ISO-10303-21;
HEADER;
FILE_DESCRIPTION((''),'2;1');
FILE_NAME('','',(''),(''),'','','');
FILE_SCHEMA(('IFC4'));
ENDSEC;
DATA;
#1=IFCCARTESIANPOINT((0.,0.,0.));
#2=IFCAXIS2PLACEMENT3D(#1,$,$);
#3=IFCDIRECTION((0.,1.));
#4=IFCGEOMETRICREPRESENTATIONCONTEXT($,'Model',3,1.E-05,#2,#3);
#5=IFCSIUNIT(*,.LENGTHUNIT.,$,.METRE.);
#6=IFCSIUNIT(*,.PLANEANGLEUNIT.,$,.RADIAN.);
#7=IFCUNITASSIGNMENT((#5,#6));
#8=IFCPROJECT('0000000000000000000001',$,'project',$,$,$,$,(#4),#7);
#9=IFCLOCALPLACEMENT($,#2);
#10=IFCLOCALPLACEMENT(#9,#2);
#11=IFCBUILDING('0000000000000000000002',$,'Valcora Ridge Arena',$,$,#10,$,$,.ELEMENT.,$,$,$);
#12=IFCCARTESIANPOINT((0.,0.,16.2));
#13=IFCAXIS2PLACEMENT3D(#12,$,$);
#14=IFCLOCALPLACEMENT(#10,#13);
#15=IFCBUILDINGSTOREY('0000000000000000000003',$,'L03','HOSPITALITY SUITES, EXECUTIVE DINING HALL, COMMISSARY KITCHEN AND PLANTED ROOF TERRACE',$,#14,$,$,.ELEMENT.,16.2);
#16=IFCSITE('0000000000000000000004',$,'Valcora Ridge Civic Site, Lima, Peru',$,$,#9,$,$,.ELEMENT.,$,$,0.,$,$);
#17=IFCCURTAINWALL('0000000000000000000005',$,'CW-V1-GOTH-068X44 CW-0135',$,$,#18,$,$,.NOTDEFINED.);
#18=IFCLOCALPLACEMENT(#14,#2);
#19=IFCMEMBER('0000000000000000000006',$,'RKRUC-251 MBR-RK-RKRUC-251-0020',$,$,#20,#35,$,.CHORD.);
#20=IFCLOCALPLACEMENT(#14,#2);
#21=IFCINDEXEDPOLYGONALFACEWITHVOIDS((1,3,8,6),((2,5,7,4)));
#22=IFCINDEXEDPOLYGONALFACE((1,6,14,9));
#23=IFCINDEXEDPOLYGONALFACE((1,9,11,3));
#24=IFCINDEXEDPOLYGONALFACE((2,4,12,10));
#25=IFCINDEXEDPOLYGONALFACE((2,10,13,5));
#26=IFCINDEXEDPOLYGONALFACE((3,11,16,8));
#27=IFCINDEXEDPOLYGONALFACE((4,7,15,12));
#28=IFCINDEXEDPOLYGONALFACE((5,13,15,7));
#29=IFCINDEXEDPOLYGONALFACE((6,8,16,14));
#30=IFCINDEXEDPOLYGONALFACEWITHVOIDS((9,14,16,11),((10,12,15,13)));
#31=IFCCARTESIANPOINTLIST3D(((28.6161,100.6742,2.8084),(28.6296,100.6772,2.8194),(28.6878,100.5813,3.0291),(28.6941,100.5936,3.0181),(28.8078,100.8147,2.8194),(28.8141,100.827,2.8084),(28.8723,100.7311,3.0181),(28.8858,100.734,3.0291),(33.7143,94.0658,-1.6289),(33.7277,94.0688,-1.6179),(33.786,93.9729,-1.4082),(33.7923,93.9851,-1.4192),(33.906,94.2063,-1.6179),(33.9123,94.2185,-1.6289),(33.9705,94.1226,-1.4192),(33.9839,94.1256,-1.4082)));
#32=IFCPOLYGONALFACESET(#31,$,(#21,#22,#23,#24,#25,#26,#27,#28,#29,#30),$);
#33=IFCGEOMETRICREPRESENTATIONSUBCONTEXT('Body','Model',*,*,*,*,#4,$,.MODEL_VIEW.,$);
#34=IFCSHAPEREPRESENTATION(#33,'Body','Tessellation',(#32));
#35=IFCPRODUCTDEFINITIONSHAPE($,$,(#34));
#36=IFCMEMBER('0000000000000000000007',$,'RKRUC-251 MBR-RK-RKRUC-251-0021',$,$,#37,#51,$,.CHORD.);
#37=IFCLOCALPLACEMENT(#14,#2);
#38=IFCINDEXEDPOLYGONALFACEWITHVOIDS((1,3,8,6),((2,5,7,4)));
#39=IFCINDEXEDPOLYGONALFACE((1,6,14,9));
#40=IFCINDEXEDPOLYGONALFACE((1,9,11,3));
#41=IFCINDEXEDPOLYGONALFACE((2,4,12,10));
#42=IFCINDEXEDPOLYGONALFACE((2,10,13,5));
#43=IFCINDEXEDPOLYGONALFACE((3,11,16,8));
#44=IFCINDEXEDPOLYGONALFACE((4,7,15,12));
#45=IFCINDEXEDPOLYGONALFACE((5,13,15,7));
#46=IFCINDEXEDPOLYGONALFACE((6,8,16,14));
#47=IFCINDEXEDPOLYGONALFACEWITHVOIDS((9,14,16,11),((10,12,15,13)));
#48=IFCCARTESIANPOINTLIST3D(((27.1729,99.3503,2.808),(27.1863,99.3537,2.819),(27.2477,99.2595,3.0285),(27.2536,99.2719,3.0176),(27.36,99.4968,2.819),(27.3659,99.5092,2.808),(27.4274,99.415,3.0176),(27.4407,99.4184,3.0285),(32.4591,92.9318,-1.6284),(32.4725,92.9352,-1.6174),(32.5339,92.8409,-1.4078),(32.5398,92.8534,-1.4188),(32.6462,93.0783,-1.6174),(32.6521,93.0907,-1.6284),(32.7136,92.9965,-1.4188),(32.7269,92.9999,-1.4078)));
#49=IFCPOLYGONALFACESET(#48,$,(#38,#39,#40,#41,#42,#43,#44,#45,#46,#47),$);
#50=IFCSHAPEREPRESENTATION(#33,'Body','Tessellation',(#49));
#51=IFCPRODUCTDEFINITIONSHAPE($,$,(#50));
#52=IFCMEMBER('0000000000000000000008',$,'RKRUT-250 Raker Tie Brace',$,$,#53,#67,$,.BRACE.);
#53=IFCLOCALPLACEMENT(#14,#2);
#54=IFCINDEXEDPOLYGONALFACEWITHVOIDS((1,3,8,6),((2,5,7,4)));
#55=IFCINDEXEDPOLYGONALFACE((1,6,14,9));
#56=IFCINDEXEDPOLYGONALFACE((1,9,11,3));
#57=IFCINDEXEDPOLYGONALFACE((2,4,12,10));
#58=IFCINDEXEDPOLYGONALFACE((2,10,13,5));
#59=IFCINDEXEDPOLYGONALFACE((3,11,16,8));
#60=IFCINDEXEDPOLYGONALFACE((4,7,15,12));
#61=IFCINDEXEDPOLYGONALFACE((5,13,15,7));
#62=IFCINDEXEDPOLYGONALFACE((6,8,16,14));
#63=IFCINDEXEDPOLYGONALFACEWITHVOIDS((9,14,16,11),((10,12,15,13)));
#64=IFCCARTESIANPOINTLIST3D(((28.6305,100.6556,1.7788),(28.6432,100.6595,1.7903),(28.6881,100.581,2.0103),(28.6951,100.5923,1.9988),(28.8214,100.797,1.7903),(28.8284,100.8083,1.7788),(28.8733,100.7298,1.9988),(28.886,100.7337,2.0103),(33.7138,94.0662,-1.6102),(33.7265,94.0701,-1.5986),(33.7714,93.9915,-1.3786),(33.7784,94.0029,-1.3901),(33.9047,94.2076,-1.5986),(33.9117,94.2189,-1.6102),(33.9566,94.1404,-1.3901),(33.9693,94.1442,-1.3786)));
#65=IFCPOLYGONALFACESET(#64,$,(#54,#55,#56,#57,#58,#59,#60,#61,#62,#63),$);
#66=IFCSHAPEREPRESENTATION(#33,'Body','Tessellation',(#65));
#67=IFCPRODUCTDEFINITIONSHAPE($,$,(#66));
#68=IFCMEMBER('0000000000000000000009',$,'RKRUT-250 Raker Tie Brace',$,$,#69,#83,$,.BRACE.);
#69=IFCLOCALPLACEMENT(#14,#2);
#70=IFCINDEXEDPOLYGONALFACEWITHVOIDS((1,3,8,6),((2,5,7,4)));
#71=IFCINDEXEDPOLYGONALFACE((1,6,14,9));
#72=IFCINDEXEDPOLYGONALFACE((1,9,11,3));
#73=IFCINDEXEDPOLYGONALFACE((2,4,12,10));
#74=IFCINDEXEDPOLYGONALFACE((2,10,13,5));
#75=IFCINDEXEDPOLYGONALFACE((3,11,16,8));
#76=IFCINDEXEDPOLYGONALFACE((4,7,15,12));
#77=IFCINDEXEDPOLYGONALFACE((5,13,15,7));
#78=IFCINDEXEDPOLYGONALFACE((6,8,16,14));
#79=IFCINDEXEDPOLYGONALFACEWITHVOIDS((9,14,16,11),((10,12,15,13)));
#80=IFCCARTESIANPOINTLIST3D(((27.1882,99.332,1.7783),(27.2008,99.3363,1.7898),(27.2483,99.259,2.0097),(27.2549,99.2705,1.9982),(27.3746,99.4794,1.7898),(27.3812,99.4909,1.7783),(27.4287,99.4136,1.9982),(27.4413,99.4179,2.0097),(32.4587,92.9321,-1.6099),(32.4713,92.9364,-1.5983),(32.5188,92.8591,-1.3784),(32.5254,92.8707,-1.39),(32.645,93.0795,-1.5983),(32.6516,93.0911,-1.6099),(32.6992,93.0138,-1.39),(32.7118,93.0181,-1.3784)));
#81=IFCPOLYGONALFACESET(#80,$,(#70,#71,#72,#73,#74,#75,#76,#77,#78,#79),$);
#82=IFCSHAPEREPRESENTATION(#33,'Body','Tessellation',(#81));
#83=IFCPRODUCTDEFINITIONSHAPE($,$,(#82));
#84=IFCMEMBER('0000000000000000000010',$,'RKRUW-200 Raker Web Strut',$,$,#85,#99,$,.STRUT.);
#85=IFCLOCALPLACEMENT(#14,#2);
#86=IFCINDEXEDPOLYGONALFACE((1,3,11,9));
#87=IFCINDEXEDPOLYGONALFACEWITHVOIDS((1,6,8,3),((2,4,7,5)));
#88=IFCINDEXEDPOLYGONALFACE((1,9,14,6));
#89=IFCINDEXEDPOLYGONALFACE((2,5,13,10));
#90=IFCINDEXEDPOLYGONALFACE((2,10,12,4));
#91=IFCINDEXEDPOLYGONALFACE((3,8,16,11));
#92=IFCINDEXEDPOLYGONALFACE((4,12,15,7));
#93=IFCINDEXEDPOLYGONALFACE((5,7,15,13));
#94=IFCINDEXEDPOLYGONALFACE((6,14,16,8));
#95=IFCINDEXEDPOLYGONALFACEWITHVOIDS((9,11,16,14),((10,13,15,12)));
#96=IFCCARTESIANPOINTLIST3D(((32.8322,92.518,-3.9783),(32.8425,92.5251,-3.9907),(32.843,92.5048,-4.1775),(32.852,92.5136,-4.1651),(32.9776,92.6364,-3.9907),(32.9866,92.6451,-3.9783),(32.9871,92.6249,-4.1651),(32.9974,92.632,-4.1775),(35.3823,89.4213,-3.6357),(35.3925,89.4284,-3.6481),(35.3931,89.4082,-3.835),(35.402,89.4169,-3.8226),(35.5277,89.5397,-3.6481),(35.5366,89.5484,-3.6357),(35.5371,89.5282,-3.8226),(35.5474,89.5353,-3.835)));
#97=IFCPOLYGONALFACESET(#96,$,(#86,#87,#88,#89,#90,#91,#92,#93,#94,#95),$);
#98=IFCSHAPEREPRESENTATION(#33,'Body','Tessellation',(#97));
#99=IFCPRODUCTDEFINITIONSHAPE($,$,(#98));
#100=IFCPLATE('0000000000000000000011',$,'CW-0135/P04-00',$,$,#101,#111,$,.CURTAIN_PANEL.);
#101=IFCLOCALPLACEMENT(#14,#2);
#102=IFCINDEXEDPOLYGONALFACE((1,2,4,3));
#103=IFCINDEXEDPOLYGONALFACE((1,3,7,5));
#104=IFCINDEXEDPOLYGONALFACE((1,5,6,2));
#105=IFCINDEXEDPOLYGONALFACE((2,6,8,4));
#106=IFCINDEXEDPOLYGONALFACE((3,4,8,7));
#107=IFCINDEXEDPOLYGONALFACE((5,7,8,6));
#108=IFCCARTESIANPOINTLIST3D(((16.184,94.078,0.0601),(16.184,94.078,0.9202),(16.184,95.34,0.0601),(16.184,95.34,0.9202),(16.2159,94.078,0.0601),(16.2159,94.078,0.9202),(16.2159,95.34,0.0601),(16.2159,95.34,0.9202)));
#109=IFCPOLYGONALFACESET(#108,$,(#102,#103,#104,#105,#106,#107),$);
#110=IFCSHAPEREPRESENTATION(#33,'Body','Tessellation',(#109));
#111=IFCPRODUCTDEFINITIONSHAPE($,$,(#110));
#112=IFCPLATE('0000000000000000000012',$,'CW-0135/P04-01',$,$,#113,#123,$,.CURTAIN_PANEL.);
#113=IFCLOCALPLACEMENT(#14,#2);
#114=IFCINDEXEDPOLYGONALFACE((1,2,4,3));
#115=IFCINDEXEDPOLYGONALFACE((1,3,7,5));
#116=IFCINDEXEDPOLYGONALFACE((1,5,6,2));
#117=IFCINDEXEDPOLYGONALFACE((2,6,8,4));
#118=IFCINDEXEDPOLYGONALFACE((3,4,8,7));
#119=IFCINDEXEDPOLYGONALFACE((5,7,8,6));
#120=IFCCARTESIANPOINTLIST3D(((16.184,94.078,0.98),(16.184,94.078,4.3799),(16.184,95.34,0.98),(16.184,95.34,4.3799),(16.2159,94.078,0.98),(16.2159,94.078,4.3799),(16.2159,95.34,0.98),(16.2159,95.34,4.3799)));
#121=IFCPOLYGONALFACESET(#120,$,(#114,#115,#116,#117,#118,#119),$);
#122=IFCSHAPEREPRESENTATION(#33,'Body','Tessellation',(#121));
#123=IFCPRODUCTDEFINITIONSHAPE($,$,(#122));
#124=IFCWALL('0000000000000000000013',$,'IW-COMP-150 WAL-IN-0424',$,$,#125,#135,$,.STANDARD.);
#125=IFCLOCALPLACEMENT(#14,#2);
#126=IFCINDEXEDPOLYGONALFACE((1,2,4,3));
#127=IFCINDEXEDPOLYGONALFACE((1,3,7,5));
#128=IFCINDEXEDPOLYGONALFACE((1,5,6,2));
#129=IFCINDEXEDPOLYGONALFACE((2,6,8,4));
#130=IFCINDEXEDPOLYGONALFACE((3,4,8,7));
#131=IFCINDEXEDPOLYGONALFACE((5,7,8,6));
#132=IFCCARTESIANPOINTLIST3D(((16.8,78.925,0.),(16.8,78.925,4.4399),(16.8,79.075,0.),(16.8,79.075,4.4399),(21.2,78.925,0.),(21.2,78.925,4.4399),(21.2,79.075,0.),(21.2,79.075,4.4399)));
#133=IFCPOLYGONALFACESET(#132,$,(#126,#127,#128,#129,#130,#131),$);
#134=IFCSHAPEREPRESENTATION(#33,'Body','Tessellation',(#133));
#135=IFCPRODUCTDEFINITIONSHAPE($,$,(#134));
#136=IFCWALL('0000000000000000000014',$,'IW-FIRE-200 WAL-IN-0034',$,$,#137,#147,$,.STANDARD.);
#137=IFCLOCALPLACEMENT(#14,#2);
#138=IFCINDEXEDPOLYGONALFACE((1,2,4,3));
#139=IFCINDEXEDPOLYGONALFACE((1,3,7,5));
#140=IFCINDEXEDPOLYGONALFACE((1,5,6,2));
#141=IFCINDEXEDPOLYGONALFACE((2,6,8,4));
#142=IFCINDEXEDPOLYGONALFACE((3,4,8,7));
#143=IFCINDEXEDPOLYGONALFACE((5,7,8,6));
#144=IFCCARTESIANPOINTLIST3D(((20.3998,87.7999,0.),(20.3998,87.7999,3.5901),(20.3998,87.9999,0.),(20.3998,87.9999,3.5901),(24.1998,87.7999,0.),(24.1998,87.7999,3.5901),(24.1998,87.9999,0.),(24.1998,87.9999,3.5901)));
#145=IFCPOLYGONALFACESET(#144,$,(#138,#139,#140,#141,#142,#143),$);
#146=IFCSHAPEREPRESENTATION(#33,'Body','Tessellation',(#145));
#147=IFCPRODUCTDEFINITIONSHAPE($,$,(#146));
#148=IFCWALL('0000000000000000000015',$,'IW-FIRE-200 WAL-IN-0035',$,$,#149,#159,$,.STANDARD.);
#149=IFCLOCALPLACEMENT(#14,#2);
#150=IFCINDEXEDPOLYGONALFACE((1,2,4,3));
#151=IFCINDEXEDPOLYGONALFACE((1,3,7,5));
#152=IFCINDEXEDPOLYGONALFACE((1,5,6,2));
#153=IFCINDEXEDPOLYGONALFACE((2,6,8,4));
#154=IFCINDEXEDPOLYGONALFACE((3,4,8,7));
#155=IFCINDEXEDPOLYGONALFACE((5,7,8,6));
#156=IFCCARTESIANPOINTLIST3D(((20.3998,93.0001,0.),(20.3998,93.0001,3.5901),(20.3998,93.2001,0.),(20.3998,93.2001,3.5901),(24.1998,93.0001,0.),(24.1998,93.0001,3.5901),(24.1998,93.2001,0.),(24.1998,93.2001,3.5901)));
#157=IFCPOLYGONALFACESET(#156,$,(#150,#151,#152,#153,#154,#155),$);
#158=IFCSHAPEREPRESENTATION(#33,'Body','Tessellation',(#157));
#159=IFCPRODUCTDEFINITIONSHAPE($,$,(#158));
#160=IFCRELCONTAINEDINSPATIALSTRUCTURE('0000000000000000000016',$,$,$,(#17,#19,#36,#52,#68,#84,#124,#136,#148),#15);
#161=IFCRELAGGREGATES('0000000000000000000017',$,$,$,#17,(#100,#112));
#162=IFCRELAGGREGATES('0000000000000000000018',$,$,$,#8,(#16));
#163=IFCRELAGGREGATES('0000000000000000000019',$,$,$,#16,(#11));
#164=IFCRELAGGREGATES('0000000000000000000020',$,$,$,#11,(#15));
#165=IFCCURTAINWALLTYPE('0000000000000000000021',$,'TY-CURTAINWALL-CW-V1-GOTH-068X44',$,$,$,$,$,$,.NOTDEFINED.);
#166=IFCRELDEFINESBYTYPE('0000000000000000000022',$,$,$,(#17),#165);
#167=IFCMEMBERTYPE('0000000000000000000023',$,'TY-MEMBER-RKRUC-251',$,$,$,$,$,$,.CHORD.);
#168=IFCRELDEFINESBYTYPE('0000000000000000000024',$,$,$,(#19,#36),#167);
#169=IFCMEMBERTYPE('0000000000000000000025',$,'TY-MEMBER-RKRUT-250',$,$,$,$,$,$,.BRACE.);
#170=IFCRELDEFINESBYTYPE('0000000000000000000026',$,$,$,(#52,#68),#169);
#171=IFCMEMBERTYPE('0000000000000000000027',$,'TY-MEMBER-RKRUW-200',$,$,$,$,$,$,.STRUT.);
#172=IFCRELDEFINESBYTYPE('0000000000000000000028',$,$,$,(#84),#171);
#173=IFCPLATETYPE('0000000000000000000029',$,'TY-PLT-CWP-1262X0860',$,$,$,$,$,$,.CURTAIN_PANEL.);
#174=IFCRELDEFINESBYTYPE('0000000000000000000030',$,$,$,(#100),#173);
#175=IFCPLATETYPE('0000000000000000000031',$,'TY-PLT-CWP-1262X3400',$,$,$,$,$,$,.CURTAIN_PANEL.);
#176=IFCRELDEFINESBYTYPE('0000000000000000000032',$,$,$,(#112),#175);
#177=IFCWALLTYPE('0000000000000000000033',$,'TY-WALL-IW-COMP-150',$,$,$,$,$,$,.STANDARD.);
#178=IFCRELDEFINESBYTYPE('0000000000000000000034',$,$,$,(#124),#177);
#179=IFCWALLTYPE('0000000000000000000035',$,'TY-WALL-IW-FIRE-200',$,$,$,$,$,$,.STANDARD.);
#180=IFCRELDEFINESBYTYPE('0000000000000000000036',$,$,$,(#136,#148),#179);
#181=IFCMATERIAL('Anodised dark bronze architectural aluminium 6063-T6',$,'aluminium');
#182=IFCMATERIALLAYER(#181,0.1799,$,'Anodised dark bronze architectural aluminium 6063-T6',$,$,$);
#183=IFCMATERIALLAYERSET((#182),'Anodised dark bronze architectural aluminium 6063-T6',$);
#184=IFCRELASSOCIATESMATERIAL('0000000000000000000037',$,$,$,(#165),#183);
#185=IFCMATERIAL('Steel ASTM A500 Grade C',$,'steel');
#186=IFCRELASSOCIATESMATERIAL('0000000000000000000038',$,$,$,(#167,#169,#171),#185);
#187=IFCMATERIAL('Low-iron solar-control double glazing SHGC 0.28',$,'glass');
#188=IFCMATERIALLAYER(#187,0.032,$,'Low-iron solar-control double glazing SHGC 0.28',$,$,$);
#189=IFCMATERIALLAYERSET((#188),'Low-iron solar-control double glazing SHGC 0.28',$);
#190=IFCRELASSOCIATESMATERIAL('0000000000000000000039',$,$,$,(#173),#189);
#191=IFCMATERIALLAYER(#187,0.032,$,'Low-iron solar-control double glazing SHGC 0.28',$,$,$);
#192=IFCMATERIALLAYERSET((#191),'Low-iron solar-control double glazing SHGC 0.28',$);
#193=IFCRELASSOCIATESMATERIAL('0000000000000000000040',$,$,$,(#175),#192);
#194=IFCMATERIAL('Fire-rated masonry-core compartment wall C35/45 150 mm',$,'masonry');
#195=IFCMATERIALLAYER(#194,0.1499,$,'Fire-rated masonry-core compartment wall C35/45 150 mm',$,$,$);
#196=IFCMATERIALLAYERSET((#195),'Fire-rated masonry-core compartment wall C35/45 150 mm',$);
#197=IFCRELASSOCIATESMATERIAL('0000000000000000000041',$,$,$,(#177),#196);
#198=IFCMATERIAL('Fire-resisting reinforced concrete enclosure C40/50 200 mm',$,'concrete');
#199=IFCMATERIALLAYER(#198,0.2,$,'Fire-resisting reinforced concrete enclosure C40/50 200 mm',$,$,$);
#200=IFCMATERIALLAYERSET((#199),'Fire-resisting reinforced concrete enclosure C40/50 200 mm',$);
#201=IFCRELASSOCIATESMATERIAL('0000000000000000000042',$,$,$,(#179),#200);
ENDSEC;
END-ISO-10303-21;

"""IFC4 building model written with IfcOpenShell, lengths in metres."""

from ifc_helpers import new_model, si_unit, direction, frame, frame_2d, origin, origin_2d, place, context, subcontext, project, spatial, rectangle, hollow_rectangle, extrude, material, layer, layer_set, material_profile, profile_set, type_object, element, aggregate, save


model = new_model("IFC4")

# Units and contexts
model_context = context("Model", 3, precision=1e-05, world=origin(), true_north=direction((0.0, 1.0)))
body_context = subcontext(model_context, "Body", "Model", "MODEL_VIEW")
ifc_project = project(units=[si_unit("LENGTHUNIT", "METRE"), si_unit("PLANEANGLEUNIT", "RADIAN")], contexts=[model_context])

# Site, building, storey
site_placement = place(None, origin())
site = spatial("IfcSite", under=ifc_project, at=site_placement, Name="Valcora Ridge Civic Site, Lima, Peru", CompositionType="ELEMENT", RefElevation=0.0)
building_placement = place(site_placement, origin())
building = spatial("IfcBuilding", under=site, at=building_placement, Name="Valcora Ridge Arena", CompositionType="ELEMENT")
storey_placement = place(building_placement, frame((0.0, 0.0, 16.2)))
storey = spatial("IfcBuildingStorey", under=building, at=storey_placement, Name="L03", Description="HOSPITALITY SUITES, EXECUTIVE DINING HALL, COMMISSARY KITCHEN AND PLANTED ROOF TERRACE", CompositionType="ELEMENT", Elevation=16.2)

# Curtain wall
ifc_material_1 = material(Name="Anodised dark bronze architectural aluminium 6063-T6", Category="aluminium")
ifc_layer_1 = layer(ifc_material_1, 0.1799, Name="Anodised dark bronze architectural aluminium 6063-T6")
ifc_layer_set_1 = layer_set([ifc_layer_1], Name="Anodised dark bronze architectural aluminium 6063-T6")
curtain_wall_type = type_object("IfcCurtainWallType", Name="TY-CURTAINWALL-CW-V1-GOTH-068X44", PredefinedType="NOTDEFINED", material=ifc_layer_set_1)
curtain_wall_placement = place(storey_placement, origin())
curtain_wall = element("IfcCurtainWall", 1, at=curtain_wall_placement, inside=storey, type_object=curtain_wall_type, Name="CW-V1-GOTH-068X44 CW-0135", PredefinedType="NOTDEFINED")

# Members
ifc_material_2 = material(Name="Steel ASTM A500 Grade C", Category="steel")
ifc_material_profile_1 = material_profile(ifc_material_2, hollow_rectangle(XDim=0.25, YDim=0.25, WallThickness=0.0125, at=origin_2d()), Name="HSS250X250X12")
ifc_profile_set_1 = profile_set([ifc_material_profile_1], Name="Steel ASTM A500 Grade C")
member_type_1 = type_object("IfcMemberType", Name="TY-MEMBER-RKRUC-251", PredefinedType="CHORD", material=ifc_profile_set_1)
member_1_placement = place(storey_placement, frame((33.8491, 94.0957, -1.5186), z_axis=(-0.539339, 0.699111, 0.469423), x_axis=(-0.791769, -0.610821, 0.0)))
element("IfcMember", 2, at=member_1_placement, inside=storey, type_object=member_type_1, Name="RKRUC-251 MBR-RK-RKRUC-251-0020", PredefinedType="CHORD", context=body_context, shape_type="SweptSolid", body=[
    extrude(hollow_rectangle(XDim=0.25, YDim=0.25, WallThickness=0.0125, at=origin_2d()), origin(), (0.0, 0.0, 1.0), 9.4526),
])
member_2_placement = place(storey_placement, frame((32.593, 92.9658, -1.5181), z_axis=(-0.560895, 0.681043, 0.47072), x_axis=(-0.77191, -0.635732, 0.0)))
element("IfcMember", 3, at=member_2_placement, inside=storey, type_object=member_type_1, Name="RKRUC-251 MBR-RK-RKRUC-251-0021", PredefinedType="CHORD", context=body_context, shape_type="SweptSolid", body=[
    extrude(hollow_rectangle(XDim=0.25, YDim=0.25, WallThickness=0.0125, at=origin_2d()), origin(), (0.0, 0.0, 1.0), 9.4246),
])
ifc_material_profile_2 = material_profile(ifc_material_2, hollow_rectangle(XDim=0.25, YDim=0.25, WallThickness=0.0125, at=origin_2d()), Name="HSS250X250X12")
ifc_profile_set_2 = profile_set([ifc_material_profile_2], Name="Steel ASTM A500 Grade C")
member_type_2 = type_object("IfcMemberType", Name="TY-MEMBER-RKRUT-250", PredefinedType="BRACE", material=ifc_profile_set_2)
member_3_placement = place(storey_placement, frame((33.8416, 94.1052, -1.4944), z_axis=(-0.565701, 0.733311, 0.377143), x_axis=(-0.79178, -0.610806, 0.0)))
element("IfcMember", 4, at=member_3_placement, inside=storey, type_object=member_type_2, Name="RKRUT-250 Raker Tie Brace", PredefinedType="BRACE", context=body_context, shape_type="SweptSolid", body=[
    extrude(hollow_rectangle(XDim=0.25, YDim=0.25, WallThickness=0.0125, at=origin_2d()), origin(), (0.0, 0.0, 1.0), 8.9858),
])
member_4_placement = place(storey_placement, frame((32.5852, 92.9751, -1.4941), z_axis=(-0.588464, 0.714563, 0.378298), x_axis=(-0.77193, -0.635707, 0.0)))
element("IfcMember", 5, at=member_4_placement, inside=storey, type_object=member_type_2, Name="RKRUT-250 Raker Tie Brace", PredefinedType="BRACE", context=body_context, shape_type="SweptSolid", body=[
    extrude(hollow_rectangle(XDim=0.25, YDim=0.25, WallThickness=0.0125, at=origin_2d()), origin(), (0.0, 0.0, 1.0), 8.9563),
])
ifc_material_profile_3 = material_profile(ifc_material_2, hollow_rectangle(XDim=0.2, YDim=0.2, WallThickness=0.0125, at=origin_2d()), Name="HSS200X200X12")
ifc_profile_set_3 = profile_set([ifc_material_profile_3], Name="Steel ASTM A500 Grade C")
member_type_3 = type_object("IfcMemberType", Name="TY-MEMBER-RKRUW-200", PredefinedType="STRUT", material=ifc_profile_set_3)
member_5_placement = place(storey_placement, frame((35.4648, 89.4783, -3.7354), z_axis=(-0.633379, 0.769151, -0.085077), x_axis=(-0.77195, -0.635684, 0.0)))
element("IfcMember", 6, at=member_5_placement, inside=storey, type_object=member_type_3, Name="RKRUW-200 Raker Web Strut", PredefinedType="STRUT", context=body_context, shape_type="SweptSolid", body=[
    extrude(hollow_rectangle(XDim=0.2, YDim=0.2, WallThickness=0.0125, at=origin_2d()), origin(), (0.0, 0.0, 1.0), 4.0261),
])

# Plates
ifc_material_3 = material(Name="Low-iron solar-control double glazing SHGC 0.28", Category="glass")
ifc_layer_2 = layer(ifc_material_3, 0.032, Name="Low-iron solar-control double glazing SHGC 0.28")
ifc_layer_set_2 = layer_set([ifc_layer_2], Name="Low-iron solar-control double glazing SHGC 0.28")
plate_type_1 = type_object("IfcPlateType", Name="TY-PLT-CWP-1262X0860", PredefinedType="CURTAIN_PANEL", material=ifc_layer_set_2)
plate_1_placement = place(storey_placement, frame((16.2, 94.709, 0.0601), z_axis=(0.0, 0.0, 1.0), x_axis=(0.0, 1.0, 0.0)))
plate_1 = element("IfcPlate", 7, at=plate_1_placement, type_object=plate_type_1, Name="CW-0135/P04-00", PredefinedType="CURTAIN_PANEL", context=body_context, shape_type="SweptSolid", body=[
    extrude(rectangle(XDim=1.262, YDim=0.032, at=origin_2d()), origin(), (0.0, 0.0, 1.0), 0.8601),
])
ifc_layer_3 = layer(ifc_material_3, 0.032, Name="Low-iron solar-control double glazing SHGC 0.28")
ifc_layer_set_3 = layer_set([ifc_layer_3], Name="Low-iron solar-control double glazing SHGC 0.28")
plate_type_2 = type_object("IfcPlateType", Name="TY-PLT-CWP-1262X3400", PredefinedType="CURTAIN_PANEL", material=ifc_layer_set_3)
plate_2_placement = place(storey_placement, frame((16.2, 94.709, 0.98), z_axis=(0.0, 0.0, 1.0), x_axis=(0.0, 1.0, 0.0)))
plate_2 = element("IfcPlate", 8, at=plate_2_placement, type_object=plate_type_2, Name="CW-0135/P04-01", PredefinedType="CURTAIN_PANEL", context=body_context, shape_type="SweptSolid", body=[
    extrude(rectangle(XDim=1.262, YDim=0.032, at=origin_2d()), origin(), (0.0, 0.0, 1.0), 3.3999),
])
aggregate(curtain_wall, [plate_1, plate_2])

# Walls
ifc_material_4 = material(Name="Fire-rated masonry-core compartment wall C35/45 150 mm", Category="masonry")
ifc_layer_4 = layer(ifc_material_4, 0.1499, Name="Fire-rated masonry-core compartment wall C35/45 150 mm")
ifc_layer_set_4 = layer_set([ifc_layer_4], Name="Fire-rated masonry-core compartment wall C35/45 150 mm")
wall_type_1 = type_object("IfcWallType", Name="TY-WALL-IW-COMP-150", PredefinedType="STANDARD", material=ifc_layer_set_4)
wall_1_placement = place(storey_placement, frame((16.8, 79.0, 0.0), z_axis=(0.0, 0.0, 1.0), x_axis=(1.0, 0.0, 0.0)))
element("IfcWall", 9, at=wall_1_placement, inside=storey, type_object=wall_type_1, Name="IW-COMP-150 WAL-IN-0424", PredefinedType="STANDARD", context=body_context, shape_type="SweptSolid", body=[
    extrude(rectangle(XDim=4.3999, YDim=0.1499, at=frame_2d((2.2, 0.0))), origin(), (0.0, 0.0, 1.0), 4.4399),
])
ifc_material_5 = material(Name="Fire-resisting reinforced concrete enclosure C40/50 200 mm", Category="concrete")
ifc_layer_5 = layer(ifc_material_5, 0.2, Name="Fire-resisting reinforced concrete enclosure C40/50 200 mm")
ifc_layer_set_5 = layer_set([ifc_layer_5], Name="Fire-resisting reinforced concrete enclosure C40/50 200 mm")
wall_type_2 = type_object("IfcWallType", Name="TY-WALL-IW-FIRE-200", PredefinedType="STANDARD", material=ifc_layer_set_5)
for number, where, z_axis, x_axis, name in (
    (10, (20.3999, 87.8999, 0.0), (0.0, 0.0, 1.0), (1.0, 0.0, 0.0), "IW-FIRE-200 WAL-IN-0034"),
    (11, (20.3999, 93.1001, 0.0), (0.0, 0.0, 1.0), (1.0, 0.0, 0.0), "IW-FIRE-200 WAL-IN-0035"),
):
    element("IfcWall", number, at=place(storey_placement, frame(where, z_axis=z_axis, x_axis=x_axis)), inside=storey, type_object=wall_type_2, Name=name, PredefinedType="STANDARD", context=body_context, shape_type="SweptSolid", body=[
        extrude(rectangle(XDim=3.8, YDim=0.2, at=frame_2d((1.8999, 0.0))), origin(), (0.0, 0.0, 1.0), 3.5901),
    ])

save(model, "model.ifc")
